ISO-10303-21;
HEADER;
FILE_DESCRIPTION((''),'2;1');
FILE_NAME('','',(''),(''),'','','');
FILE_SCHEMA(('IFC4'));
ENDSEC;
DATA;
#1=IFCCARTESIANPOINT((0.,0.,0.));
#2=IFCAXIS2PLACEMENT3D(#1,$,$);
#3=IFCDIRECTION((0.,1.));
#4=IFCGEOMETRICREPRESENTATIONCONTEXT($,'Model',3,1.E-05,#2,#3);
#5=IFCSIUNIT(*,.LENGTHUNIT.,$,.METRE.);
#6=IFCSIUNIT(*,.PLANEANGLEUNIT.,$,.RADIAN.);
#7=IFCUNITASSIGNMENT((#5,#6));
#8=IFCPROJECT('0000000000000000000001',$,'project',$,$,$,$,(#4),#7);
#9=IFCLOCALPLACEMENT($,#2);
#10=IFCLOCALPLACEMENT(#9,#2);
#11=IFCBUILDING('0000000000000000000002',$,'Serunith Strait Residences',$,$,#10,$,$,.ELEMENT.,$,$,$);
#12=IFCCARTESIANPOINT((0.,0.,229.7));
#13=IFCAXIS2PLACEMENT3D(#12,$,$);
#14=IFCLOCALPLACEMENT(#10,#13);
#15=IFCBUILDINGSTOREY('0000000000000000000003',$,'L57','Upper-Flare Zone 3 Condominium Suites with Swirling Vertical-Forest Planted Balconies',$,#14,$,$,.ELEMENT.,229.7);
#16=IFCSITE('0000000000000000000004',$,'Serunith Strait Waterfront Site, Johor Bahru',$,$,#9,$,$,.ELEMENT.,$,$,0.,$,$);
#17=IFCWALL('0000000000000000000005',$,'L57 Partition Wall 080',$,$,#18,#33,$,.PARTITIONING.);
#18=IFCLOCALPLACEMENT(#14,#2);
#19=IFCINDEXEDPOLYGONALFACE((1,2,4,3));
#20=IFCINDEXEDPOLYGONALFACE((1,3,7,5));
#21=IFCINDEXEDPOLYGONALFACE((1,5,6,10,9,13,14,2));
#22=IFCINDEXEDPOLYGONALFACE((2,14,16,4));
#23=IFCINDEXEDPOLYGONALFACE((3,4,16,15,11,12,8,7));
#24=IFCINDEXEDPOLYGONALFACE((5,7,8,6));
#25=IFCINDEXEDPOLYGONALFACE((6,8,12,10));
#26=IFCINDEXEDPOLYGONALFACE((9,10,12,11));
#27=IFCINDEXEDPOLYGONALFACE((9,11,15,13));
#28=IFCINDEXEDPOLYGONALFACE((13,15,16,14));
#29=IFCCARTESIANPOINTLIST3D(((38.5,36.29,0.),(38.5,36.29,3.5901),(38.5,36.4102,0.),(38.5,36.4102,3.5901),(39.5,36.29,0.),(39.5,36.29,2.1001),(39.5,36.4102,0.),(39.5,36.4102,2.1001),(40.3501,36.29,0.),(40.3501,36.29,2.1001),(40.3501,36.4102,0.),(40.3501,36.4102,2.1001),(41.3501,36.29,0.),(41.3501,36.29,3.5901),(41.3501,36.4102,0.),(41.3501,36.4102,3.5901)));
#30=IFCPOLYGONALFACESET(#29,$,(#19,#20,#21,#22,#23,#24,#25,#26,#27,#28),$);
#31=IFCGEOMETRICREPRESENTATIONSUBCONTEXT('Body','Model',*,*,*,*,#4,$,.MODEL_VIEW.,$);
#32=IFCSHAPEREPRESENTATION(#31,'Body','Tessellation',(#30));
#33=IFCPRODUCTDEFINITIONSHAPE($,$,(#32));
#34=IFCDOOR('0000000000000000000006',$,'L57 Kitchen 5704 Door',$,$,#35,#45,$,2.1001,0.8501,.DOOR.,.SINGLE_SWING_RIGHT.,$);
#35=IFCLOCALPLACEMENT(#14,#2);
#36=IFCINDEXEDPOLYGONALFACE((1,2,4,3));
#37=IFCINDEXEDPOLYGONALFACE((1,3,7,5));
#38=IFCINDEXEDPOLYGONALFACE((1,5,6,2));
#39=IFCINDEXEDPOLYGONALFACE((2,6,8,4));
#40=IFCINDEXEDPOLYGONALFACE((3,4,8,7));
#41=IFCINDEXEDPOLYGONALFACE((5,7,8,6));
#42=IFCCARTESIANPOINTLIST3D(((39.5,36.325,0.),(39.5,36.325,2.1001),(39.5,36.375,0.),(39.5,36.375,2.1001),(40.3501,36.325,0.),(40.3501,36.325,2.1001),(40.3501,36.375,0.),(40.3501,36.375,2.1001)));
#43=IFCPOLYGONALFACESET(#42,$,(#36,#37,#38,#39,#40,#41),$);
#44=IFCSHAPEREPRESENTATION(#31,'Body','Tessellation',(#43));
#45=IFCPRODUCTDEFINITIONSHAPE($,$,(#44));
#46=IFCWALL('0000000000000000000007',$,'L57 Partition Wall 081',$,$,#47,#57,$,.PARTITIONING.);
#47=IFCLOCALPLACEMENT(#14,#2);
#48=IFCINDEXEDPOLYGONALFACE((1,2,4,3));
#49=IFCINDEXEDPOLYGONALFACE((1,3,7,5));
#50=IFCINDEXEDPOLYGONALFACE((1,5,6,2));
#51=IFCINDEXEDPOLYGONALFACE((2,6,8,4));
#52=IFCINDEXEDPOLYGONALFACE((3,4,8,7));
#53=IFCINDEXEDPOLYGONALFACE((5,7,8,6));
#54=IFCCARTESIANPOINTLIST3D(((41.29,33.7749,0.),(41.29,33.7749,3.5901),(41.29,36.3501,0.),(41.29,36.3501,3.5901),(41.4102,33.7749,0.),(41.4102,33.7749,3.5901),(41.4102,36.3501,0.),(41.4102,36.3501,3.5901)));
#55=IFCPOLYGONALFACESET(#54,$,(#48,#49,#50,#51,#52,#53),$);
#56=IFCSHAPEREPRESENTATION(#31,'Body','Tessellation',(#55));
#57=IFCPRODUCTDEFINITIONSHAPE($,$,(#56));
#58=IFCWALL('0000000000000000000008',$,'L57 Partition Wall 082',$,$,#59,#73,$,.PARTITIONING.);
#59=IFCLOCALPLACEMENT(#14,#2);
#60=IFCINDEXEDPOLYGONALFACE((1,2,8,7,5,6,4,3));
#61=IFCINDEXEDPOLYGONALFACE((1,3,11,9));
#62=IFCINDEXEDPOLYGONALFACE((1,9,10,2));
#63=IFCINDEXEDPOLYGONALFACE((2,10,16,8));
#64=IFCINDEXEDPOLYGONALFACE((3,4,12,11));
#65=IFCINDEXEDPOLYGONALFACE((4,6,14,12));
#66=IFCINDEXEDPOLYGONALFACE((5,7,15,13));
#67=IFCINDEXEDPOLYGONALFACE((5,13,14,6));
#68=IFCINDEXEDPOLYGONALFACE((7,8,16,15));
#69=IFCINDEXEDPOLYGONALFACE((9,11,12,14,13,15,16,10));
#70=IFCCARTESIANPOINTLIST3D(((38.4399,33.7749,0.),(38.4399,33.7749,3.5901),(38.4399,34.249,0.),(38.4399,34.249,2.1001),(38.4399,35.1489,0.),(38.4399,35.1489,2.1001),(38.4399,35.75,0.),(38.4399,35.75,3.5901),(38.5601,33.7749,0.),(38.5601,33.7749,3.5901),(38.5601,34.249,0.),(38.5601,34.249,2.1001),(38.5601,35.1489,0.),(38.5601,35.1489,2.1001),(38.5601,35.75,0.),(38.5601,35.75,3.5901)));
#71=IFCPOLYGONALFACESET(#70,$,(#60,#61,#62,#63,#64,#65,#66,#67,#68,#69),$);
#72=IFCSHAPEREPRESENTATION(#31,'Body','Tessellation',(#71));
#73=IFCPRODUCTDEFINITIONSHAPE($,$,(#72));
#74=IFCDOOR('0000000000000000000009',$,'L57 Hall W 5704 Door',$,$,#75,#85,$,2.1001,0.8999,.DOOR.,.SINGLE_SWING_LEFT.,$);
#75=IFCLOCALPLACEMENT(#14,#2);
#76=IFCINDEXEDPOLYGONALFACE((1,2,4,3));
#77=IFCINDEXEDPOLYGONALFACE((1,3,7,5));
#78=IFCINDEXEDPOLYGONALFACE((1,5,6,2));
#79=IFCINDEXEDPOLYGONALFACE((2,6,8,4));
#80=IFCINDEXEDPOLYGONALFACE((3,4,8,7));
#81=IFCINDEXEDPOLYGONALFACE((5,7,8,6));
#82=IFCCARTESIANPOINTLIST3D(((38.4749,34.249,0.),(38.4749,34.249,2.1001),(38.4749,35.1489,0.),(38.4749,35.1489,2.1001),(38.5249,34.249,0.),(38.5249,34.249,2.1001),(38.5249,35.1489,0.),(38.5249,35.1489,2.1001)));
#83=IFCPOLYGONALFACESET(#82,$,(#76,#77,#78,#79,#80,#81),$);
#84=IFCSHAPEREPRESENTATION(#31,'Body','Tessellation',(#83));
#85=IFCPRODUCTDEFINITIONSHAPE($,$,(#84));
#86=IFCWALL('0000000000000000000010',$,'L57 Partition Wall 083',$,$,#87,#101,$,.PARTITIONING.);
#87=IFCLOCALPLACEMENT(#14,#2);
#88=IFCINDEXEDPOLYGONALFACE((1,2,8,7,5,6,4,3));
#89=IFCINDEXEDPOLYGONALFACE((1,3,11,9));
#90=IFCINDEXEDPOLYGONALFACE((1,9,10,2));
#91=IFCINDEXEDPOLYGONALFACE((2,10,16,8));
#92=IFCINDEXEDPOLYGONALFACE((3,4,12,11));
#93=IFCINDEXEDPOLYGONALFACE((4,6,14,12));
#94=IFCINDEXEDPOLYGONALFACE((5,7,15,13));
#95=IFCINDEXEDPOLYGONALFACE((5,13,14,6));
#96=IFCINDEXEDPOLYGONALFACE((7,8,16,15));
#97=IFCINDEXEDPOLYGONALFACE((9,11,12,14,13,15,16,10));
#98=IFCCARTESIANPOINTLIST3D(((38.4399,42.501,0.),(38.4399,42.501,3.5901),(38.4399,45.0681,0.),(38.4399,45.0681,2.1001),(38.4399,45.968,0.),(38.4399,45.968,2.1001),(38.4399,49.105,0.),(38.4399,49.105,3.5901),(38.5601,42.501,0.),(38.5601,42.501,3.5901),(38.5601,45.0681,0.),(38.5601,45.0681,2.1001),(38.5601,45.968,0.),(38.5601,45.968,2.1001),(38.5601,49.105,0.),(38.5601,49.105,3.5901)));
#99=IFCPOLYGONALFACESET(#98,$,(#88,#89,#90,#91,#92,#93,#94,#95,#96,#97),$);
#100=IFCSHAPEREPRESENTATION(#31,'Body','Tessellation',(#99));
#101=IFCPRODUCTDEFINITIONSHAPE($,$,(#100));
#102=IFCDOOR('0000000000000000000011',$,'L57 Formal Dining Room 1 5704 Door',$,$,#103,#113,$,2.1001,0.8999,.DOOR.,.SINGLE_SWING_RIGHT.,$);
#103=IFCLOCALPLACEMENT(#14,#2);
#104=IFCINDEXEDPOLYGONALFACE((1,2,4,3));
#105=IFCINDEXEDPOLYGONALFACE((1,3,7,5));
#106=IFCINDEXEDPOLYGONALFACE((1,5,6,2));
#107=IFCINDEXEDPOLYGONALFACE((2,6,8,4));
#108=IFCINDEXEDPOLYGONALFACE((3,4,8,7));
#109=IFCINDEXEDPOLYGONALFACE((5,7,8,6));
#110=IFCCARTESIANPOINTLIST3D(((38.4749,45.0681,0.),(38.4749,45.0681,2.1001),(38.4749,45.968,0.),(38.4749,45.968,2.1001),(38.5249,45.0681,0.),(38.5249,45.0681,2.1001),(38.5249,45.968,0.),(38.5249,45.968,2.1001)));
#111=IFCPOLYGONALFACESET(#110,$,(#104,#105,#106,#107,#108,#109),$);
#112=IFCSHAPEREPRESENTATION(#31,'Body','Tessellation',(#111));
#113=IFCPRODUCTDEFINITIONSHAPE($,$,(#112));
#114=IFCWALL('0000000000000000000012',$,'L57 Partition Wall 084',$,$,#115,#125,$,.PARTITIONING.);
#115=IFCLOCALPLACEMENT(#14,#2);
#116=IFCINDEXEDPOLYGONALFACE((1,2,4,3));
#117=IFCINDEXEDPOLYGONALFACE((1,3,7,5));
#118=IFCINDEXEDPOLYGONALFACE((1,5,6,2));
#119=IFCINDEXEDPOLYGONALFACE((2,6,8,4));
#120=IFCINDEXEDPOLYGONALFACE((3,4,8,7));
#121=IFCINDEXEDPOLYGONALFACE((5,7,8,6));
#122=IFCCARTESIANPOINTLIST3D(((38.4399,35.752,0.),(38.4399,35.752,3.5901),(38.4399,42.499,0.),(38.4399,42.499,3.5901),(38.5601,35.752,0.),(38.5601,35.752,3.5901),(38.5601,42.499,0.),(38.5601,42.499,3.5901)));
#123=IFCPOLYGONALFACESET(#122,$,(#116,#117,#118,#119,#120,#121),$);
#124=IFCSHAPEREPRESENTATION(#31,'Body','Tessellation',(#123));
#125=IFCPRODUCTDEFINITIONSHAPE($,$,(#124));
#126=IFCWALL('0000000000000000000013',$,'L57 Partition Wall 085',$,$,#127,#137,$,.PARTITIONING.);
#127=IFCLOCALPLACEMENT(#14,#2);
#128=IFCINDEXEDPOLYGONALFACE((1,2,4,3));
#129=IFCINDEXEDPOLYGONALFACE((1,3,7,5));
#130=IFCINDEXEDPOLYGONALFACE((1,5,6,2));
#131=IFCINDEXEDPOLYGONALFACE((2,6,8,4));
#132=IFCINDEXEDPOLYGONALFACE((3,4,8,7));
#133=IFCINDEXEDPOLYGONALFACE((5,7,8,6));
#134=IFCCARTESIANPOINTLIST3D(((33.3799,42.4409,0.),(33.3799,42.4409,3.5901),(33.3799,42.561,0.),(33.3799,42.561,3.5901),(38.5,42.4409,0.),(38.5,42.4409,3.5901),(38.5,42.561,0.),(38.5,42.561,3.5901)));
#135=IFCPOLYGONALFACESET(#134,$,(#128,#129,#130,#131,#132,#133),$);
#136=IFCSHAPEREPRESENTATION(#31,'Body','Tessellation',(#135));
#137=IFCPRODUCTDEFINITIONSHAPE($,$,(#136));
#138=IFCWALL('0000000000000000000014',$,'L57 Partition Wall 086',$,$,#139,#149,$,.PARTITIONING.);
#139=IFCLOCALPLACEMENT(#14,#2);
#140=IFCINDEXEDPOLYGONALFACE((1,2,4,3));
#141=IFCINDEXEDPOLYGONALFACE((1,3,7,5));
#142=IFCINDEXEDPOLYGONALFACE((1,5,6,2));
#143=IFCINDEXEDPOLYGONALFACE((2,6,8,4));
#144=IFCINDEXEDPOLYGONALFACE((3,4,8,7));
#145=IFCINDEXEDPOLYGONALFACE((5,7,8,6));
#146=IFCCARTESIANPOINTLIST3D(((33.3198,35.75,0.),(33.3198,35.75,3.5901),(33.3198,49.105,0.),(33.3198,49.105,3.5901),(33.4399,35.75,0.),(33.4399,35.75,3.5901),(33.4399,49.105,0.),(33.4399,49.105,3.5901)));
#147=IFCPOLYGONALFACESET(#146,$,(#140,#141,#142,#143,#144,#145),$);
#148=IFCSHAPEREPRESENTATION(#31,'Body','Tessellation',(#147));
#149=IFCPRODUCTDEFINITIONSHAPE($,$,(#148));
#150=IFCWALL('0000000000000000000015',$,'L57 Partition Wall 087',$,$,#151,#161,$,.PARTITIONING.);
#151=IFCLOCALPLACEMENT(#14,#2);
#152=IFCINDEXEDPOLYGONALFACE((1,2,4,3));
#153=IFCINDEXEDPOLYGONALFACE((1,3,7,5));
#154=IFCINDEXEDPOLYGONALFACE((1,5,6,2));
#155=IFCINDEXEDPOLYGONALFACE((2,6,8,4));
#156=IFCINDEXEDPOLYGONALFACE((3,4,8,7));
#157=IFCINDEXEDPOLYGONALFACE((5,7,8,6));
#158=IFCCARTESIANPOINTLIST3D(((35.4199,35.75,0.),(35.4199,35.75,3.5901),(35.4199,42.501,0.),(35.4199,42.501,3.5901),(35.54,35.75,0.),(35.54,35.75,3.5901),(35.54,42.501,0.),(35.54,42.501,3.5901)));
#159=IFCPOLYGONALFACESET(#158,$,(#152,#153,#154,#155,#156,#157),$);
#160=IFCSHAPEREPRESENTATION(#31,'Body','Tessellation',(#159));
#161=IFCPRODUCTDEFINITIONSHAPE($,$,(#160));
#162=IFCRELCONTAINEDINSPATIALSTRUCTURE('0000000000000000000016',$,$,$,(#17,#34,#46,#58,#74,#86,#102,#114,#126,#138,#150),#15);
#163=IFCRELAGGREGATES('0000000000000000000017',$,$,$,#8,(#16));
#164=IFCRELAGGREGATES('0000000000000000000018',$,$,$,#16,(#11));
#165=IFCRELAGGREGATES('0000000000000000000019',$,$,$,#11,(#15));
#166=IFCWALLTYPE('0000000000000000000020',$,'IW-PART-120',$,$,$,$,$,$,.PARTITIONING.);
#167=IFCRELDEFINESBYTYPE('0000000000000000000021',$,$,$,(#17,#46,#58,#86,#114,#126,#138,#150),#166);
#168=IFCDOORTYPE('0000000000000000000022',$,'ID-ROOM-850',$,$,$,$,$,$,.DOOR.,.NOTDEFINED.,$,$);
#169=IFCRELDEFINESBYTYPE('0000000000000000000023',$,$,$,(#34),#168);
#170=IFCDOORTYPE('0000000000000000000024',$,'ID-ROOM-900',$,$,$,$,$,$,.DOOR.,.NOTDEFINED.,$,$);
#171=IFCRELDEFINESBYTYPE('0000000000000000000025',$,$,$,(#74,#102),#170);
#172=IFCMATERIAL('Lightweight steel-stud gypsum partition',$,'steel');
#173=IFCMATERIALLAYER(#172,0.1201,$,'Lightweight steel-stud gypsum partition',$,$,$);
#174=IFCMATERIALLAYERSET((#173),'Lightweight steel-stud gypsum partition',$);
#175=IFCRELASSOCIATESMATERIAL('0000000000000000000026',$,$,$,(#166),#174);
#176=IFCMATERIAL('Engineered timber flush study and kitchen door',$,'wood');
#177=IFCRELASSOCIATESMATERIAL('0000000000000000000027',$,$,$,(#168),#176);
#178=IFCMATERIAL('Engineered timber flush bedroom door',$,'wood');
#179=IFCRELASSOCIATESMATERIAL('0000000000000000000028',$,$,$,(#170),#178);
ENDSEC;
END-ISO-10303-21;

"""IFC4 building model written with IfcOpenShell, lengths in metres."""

from ifc_helpers import new_model, si_unit, direction, frame, frame_2d, origin, place, context, subcontext, project, spatial, rectangle, extrude, source, transform, mapped, material, layer, layer_set, type_object, element, fill, save


model = new_model("IFC4")

# Units and contexts
model_context = context("Model", 3, precision=1e-05, world=origin(), true_north=direction((0.0, 1.0)))
body_context = subcontext(model_context, "Body", "Model", "MODEL_VIEW")
ifc_project = project(units=[si_unit("LENGTHUNIT", "METRE"), si_unit("PLANEANGLEUNIT", "RADIAN")], contexts=[model_context])

# Site, building, storey
site_placement = place(None, origin())
site = spatial("IfcSite", under=ifc_project, at=site_placement, Name="Serunith Strait Waterfront Site, Johor Bahru", CompositionType="ELEMENT", RefElevation=0.0)
building_placement = place(site_placement, origin())
building = spatial("IfcBuilding", under=site, at=building_placement, Name="Serunith Strait Residences", CompositionType="ELEMENT")
storey_placement = place(building_placement, frame((0.0, 0.0, 229.7)))
storey = spatial("IfcBuildingStorey", under=building, at=storey_placement, Name="L57", Description="Upper-Flare Zone 3 Condominium Suites with Swirling Vertical-Forest Planted Balconies", CompositionType="ELEMENT", Elevation=229.7)

# Wall, opening, door
ifc_material_1 = material(Name="Lightweight steel-stud gypsum partition", Category="steel")
ifc_layer_1 = layer(ifc_material_1, 0.1201, Name="Lightweight steel-stud gypsum partition")
ifc_layer_set_1 = layer_set([ifc_layer_1], Name="Lightweight steel-stud gypsum partition")
wall_type_1 = type_object("IfcWallType", Name="IW-PART-120", PredefinedType="PARTITIONING", material=ifc_layer_set_1)
wall_1_placement = place(storey_placement, frame((38.5, 36.3501, 0.0), z_axis=(0.0, 0.0, 1.0), x_axis=(1.0, 0.0, 0.0)))
wall_1 = element("IfcWall", 1, at=wall_1_placement, inside=storey, type_object=wall_type_1, Name="L57 Partition Wall 080", PredefinedType="PARTITIONING", context=body_context, shape_type="SweptSolid", body=[
    extrude(rectangle(XDim=2.8501, YDim=0.1201, at=frame_2d((1.425, 0.0))), origin(), (0.0, 0.0, 1.0), 3.5901),
])
opening_1_placement = place(wall_1_placement, frame((1.0, 0.0, 0.0)))
opening_1 = element("IfcOpeningElement", 2, at=opening_1_placement, cuts=wall_1, PredefinedType="OPENING", context=body_context, shape_type="SweptSolid", body=[
    extrude(rectangle(XDim=0.8501, YDim=2.1001, at=frame_2d((0.425, 1.05))), frame((0.0, 0.0701, 0.0), z_axis=(0.0, -1.0, 0.0), x_axis=(1.0, 0.0, 0.0)), (0.0, 0.0, 1.0), 0.1401),
])
ifc_material_2 = material(Name="Engineered timber flush study and kitchen door", Category="wood")
door_type_1 = type_object("IfcDoorType", Name="ID-ROOM-850", OperationType="NOTDEFINED", PredefinedType="DOOR", material=ifc_material_2)
shared_shape_1 = source(origin(), body_context, "Body", "SweptSolid", [
    extrude(rectangle(XDim=0.8501, YDim=2.1001, at=frame_2d((0.425, 1.05))), frame((0.0, 0.0249, 0.0), z_axis=(0.0, -1.0, 0.0), x_axis=(1.0, 0.0, 0.0)), (0.0, 0.0, 1.0), 0.05),
])
door_1_placement = place(opening_1_placement, origin())
door_1 = element("IfcDoor", 3, at=door_1_placement, inside=storey, type_object=door_type_1, Name="L57 Kitchen 5704 Door", OperationType="SINGLE_SWING_RIGHT", OverallHeight=2.1001, OverallWidth=0.8501, PredefinedType="DOOR", context=body_context, shape_type="MappedRepresentation", body=[
    mapped(shared_shape_1, transform((0.0, 0.0, 0.0), scale=1.0)),
])
fill(opening_1, door_1)

# Wall
wall_2_placement = place(storey_placement, frame((41.3501, 36.3501, 0.0), z_axis=(0.0, 0.0, 1.0), x_axis=(0.0, -1.0, 0.0)))
element("IfcWall", 4, at=wall_2_placement, inside=storey, type_object=wall_type_1, Name="L57 Partition Wall 081", PredefinedType="PARTITIONING", context=body_context, shape_type="SweptSolid", body=[
    extrude(rectangle(XDim=2.5752, YDim=0.1201, at=frame_2d((1.2876, 0.0))), origin(), (0.0, 0.0, 1.0), 3.5901),
])

# Walls, openings, doors
wall_3_placement = place(storey_placement, frame((38.5, 35.75, 0.0), z_axis=(0.0, 0.0, 1.0), x_axis=(0.0, -1.0, 0.0)))
wall_3 = element("IfcWall", 5, at=wall_3_placement, inside=storey, type_object=wall_type_1, Name="L57 Partition Wall 082", PredefinedType="PARTITIONING", context=body_context, shape_type="SweptSolid", body=[
    extrude(rectangle(XDim=1.9751, YDim=0.1201, at=frame_2d((0.9875, 0.0))), origin(), (0.0, 0.0, 1.0), 3.5901),
])
opening_2_placement = place(wall_3_placement, frame((0.6011, 0.0, 0.0)))
opening_2 = element("IfcOpeningElement", 6, at=opening_2_placement, cuts=wall_3, PredefinedType="OPENING", context=body_context, shape_type="SweptSolid", body=[
    extrude(rectangle(XDim=0.8999, YDim=2.1001, at=frame_2d((0.45, 1.05))), frame((0.0, 0.0701, 0.0), z_axis=(0.0, -1.0, 0.0), x_axis=(1.0, 0.0, 0.0)), (0.0, 0.0, 1.0), 0.1401),
])
ifc_material_3 = material(Name="Engineered timber flush bedroom door", Category="wood")
door_type_2 = type_object("IfcDoorType", Name="ID-ROOM-900", OperationType="NOTDEFINED", PredefinedType="DOOR", material=ifc_material_3)
shared_shape_2 = source(origin(), body_context, "Body", "SweptSolid", [
    extrude(rectangle(XDim=0.8999, YDim=2.1001, at=frame_2d((0.45, 1.05))), frame((0.0, 0.0249, 0.0), z_axis=(0.0, -1.0, 0.0), x_axis=(1.0, 0.0, 0.0)), (0.0, 0.0, 1.0), 0.05),
])
door_2_placement = place(opening_2_placement, origin())
door_2 = element("IfcDoor", 7, at=door_2_placement, inside=storey, type_object=door_type_2, Name="L57 Hall W 5704 Door", OperationType="SINGLE_SWING_LEFT", OverallHeight=2.1001, OverallWidth=0.8999, PredefinedType="DOOR", context=body_context, shape_type="MappedRepresentation", body=[
    mapped(shared_shape_2, transform((0.0, 0.0, 0.0), scale=1.0)),
])
fill(opening_2, door_2)
wall_4_placement = place(storey_placement, frame((38.5, 49.105, 0.0), z_axis=(0.0, 0.0, 1.0), x_axis=(0.0, -1.0, 0.0)))
wall_4 = element("IfcWall", 8, at=wall_4_placement, inside=storey, type_object=wall_type_1, Name="L57 Partition Wall 083", PredefinedType="PARTITIONING", context=body_context, shape_type="SweptSolid", body=[
    extrude(rectangle(XDim=6.604, YDim=0.1201, at=frame_2d((3.302, 0.0))), origin(), (0.0, 0.0, 1.0), 3.5901),
])
opening_3_placement = place(wall_4_placement, frame((3.137, 0.0, 0.0)))
opening_3 = element("IfcOpeningElement", 9, at=opening_3_placement, cuts=wall_4, PredefinedType="OPENING", context=body_context, shape_type="SweptSolid", body=[
    extrude(rectangle(XDim=0.8999, YDim=2.1001, at=frame_2d((0.45, 1.05))), frame((0.0, 0.0701, 0.0), z_axis=(0.0, -1.0, 0.0), x_axis=(1.0, 0.0, 0.0)), (0.0, 0.0, 1.0), 0.1401),
])
door_3_placement = place(opening_3_placement, origin())
door_3 = element("IfcDoor", 10, at=door_3_placement, inside=storey, type_object=door_type_2, Name="L57 Formal Dining Room 1 5704 Door", OperationType="SINGLE_SWING_RIGHT", OverallHeight=2.1001, OverallWidth=0.8999, PredefinedType="DOOR", context=body_context, shape_type="MappedRepresentation", body=[
    mapped(shared_shape_2, transform((0.0, 0.0, 0.0), scale=1.0)),
])
fill(opening_3, door_3)

# Walls
wall_5_placement = place(storey_placement, frame((38.5, 42.499, 0.0), z_axis=(0.0, 0.0, 1.0), x_axis=(0.0, -1.0, 0.0)))
element("IfcWall", 11, at=wall_5_placement, inside=storey, type_object=wall_type_1, Name="L57 Partition Wall 084", PredefinedType="PARTITIONING", context=body_context, shape_type="SweptSolid", body=[
    extrude(rectangle(XDim=6.7471, YDim=0.1201, at=frame_2d((3.3735, 0.0))), origin(), (0.0, 0.0, 1.0), 3.5901),
])
wall_6_placement = place(storey_placement, frame((33.3799, 42.501, 0.0), z_axis=(0.0, 0.0, 1.0), x_axis=(1.0, 0.0, 0.0)))
element("IfcWall", 12, at=wall_6_placement, inside=storey, type_object=wall_type_1, Name="L57 Partition Wall 085", PredefinedType="PARTITIONING", context=body_context, shape_type="SweptSolid", body=[
    extrude(rectangle(XDim=5.1201, YDim=0.1201, at=frame_2d((2.5601, 0.0))), origin(), (0.0, 0.0, 1.0), 3.5901),
])
wall_7_placement = place(storey_placement, frame((33.3799, 49.105, 0.0), z_axis=(0.0, 0.0, 1.0), x_axis=(0.0, -1.0, 0.0)))
element("IfcWall", 13, at=wall_7_placement, inside=storey, type_object=wall_type_1, Name="L57 Partition Wall 086", PredefinedType="PARTITIONING", context=body_context, shape_type="SweptSolid", body=[
    extrude(rectangle(XDim=13.355, YDim=0.1201, at=frame_2d((6.6775, 0.0))), origin(), (0.0, 0.0, 1.0), 3.5901),
])
wall_8_placement = place(storey_placement, frame((35.48, 42.501, 0.0), z_axis=(0.0, 0.0, 1.0), x_axis=(0.0, -1.0, 0.0)))
element("IfcWall", 14, at=wall_8_placement, inside=storey, type_object=wall_type_1, Name="L57 Partition Wall 087", PredefinedType="PARTITIONING", context=body_context, shape_type="SweptSolid", body=[
    extrude(rectangle(XDim=6.751, YDim=0.1201, at=frame_2d((3.3755, 0.0))), origin(), (0.0, 0.0, 1.0), 3.5901),
])

save(model, "model.ifc")
